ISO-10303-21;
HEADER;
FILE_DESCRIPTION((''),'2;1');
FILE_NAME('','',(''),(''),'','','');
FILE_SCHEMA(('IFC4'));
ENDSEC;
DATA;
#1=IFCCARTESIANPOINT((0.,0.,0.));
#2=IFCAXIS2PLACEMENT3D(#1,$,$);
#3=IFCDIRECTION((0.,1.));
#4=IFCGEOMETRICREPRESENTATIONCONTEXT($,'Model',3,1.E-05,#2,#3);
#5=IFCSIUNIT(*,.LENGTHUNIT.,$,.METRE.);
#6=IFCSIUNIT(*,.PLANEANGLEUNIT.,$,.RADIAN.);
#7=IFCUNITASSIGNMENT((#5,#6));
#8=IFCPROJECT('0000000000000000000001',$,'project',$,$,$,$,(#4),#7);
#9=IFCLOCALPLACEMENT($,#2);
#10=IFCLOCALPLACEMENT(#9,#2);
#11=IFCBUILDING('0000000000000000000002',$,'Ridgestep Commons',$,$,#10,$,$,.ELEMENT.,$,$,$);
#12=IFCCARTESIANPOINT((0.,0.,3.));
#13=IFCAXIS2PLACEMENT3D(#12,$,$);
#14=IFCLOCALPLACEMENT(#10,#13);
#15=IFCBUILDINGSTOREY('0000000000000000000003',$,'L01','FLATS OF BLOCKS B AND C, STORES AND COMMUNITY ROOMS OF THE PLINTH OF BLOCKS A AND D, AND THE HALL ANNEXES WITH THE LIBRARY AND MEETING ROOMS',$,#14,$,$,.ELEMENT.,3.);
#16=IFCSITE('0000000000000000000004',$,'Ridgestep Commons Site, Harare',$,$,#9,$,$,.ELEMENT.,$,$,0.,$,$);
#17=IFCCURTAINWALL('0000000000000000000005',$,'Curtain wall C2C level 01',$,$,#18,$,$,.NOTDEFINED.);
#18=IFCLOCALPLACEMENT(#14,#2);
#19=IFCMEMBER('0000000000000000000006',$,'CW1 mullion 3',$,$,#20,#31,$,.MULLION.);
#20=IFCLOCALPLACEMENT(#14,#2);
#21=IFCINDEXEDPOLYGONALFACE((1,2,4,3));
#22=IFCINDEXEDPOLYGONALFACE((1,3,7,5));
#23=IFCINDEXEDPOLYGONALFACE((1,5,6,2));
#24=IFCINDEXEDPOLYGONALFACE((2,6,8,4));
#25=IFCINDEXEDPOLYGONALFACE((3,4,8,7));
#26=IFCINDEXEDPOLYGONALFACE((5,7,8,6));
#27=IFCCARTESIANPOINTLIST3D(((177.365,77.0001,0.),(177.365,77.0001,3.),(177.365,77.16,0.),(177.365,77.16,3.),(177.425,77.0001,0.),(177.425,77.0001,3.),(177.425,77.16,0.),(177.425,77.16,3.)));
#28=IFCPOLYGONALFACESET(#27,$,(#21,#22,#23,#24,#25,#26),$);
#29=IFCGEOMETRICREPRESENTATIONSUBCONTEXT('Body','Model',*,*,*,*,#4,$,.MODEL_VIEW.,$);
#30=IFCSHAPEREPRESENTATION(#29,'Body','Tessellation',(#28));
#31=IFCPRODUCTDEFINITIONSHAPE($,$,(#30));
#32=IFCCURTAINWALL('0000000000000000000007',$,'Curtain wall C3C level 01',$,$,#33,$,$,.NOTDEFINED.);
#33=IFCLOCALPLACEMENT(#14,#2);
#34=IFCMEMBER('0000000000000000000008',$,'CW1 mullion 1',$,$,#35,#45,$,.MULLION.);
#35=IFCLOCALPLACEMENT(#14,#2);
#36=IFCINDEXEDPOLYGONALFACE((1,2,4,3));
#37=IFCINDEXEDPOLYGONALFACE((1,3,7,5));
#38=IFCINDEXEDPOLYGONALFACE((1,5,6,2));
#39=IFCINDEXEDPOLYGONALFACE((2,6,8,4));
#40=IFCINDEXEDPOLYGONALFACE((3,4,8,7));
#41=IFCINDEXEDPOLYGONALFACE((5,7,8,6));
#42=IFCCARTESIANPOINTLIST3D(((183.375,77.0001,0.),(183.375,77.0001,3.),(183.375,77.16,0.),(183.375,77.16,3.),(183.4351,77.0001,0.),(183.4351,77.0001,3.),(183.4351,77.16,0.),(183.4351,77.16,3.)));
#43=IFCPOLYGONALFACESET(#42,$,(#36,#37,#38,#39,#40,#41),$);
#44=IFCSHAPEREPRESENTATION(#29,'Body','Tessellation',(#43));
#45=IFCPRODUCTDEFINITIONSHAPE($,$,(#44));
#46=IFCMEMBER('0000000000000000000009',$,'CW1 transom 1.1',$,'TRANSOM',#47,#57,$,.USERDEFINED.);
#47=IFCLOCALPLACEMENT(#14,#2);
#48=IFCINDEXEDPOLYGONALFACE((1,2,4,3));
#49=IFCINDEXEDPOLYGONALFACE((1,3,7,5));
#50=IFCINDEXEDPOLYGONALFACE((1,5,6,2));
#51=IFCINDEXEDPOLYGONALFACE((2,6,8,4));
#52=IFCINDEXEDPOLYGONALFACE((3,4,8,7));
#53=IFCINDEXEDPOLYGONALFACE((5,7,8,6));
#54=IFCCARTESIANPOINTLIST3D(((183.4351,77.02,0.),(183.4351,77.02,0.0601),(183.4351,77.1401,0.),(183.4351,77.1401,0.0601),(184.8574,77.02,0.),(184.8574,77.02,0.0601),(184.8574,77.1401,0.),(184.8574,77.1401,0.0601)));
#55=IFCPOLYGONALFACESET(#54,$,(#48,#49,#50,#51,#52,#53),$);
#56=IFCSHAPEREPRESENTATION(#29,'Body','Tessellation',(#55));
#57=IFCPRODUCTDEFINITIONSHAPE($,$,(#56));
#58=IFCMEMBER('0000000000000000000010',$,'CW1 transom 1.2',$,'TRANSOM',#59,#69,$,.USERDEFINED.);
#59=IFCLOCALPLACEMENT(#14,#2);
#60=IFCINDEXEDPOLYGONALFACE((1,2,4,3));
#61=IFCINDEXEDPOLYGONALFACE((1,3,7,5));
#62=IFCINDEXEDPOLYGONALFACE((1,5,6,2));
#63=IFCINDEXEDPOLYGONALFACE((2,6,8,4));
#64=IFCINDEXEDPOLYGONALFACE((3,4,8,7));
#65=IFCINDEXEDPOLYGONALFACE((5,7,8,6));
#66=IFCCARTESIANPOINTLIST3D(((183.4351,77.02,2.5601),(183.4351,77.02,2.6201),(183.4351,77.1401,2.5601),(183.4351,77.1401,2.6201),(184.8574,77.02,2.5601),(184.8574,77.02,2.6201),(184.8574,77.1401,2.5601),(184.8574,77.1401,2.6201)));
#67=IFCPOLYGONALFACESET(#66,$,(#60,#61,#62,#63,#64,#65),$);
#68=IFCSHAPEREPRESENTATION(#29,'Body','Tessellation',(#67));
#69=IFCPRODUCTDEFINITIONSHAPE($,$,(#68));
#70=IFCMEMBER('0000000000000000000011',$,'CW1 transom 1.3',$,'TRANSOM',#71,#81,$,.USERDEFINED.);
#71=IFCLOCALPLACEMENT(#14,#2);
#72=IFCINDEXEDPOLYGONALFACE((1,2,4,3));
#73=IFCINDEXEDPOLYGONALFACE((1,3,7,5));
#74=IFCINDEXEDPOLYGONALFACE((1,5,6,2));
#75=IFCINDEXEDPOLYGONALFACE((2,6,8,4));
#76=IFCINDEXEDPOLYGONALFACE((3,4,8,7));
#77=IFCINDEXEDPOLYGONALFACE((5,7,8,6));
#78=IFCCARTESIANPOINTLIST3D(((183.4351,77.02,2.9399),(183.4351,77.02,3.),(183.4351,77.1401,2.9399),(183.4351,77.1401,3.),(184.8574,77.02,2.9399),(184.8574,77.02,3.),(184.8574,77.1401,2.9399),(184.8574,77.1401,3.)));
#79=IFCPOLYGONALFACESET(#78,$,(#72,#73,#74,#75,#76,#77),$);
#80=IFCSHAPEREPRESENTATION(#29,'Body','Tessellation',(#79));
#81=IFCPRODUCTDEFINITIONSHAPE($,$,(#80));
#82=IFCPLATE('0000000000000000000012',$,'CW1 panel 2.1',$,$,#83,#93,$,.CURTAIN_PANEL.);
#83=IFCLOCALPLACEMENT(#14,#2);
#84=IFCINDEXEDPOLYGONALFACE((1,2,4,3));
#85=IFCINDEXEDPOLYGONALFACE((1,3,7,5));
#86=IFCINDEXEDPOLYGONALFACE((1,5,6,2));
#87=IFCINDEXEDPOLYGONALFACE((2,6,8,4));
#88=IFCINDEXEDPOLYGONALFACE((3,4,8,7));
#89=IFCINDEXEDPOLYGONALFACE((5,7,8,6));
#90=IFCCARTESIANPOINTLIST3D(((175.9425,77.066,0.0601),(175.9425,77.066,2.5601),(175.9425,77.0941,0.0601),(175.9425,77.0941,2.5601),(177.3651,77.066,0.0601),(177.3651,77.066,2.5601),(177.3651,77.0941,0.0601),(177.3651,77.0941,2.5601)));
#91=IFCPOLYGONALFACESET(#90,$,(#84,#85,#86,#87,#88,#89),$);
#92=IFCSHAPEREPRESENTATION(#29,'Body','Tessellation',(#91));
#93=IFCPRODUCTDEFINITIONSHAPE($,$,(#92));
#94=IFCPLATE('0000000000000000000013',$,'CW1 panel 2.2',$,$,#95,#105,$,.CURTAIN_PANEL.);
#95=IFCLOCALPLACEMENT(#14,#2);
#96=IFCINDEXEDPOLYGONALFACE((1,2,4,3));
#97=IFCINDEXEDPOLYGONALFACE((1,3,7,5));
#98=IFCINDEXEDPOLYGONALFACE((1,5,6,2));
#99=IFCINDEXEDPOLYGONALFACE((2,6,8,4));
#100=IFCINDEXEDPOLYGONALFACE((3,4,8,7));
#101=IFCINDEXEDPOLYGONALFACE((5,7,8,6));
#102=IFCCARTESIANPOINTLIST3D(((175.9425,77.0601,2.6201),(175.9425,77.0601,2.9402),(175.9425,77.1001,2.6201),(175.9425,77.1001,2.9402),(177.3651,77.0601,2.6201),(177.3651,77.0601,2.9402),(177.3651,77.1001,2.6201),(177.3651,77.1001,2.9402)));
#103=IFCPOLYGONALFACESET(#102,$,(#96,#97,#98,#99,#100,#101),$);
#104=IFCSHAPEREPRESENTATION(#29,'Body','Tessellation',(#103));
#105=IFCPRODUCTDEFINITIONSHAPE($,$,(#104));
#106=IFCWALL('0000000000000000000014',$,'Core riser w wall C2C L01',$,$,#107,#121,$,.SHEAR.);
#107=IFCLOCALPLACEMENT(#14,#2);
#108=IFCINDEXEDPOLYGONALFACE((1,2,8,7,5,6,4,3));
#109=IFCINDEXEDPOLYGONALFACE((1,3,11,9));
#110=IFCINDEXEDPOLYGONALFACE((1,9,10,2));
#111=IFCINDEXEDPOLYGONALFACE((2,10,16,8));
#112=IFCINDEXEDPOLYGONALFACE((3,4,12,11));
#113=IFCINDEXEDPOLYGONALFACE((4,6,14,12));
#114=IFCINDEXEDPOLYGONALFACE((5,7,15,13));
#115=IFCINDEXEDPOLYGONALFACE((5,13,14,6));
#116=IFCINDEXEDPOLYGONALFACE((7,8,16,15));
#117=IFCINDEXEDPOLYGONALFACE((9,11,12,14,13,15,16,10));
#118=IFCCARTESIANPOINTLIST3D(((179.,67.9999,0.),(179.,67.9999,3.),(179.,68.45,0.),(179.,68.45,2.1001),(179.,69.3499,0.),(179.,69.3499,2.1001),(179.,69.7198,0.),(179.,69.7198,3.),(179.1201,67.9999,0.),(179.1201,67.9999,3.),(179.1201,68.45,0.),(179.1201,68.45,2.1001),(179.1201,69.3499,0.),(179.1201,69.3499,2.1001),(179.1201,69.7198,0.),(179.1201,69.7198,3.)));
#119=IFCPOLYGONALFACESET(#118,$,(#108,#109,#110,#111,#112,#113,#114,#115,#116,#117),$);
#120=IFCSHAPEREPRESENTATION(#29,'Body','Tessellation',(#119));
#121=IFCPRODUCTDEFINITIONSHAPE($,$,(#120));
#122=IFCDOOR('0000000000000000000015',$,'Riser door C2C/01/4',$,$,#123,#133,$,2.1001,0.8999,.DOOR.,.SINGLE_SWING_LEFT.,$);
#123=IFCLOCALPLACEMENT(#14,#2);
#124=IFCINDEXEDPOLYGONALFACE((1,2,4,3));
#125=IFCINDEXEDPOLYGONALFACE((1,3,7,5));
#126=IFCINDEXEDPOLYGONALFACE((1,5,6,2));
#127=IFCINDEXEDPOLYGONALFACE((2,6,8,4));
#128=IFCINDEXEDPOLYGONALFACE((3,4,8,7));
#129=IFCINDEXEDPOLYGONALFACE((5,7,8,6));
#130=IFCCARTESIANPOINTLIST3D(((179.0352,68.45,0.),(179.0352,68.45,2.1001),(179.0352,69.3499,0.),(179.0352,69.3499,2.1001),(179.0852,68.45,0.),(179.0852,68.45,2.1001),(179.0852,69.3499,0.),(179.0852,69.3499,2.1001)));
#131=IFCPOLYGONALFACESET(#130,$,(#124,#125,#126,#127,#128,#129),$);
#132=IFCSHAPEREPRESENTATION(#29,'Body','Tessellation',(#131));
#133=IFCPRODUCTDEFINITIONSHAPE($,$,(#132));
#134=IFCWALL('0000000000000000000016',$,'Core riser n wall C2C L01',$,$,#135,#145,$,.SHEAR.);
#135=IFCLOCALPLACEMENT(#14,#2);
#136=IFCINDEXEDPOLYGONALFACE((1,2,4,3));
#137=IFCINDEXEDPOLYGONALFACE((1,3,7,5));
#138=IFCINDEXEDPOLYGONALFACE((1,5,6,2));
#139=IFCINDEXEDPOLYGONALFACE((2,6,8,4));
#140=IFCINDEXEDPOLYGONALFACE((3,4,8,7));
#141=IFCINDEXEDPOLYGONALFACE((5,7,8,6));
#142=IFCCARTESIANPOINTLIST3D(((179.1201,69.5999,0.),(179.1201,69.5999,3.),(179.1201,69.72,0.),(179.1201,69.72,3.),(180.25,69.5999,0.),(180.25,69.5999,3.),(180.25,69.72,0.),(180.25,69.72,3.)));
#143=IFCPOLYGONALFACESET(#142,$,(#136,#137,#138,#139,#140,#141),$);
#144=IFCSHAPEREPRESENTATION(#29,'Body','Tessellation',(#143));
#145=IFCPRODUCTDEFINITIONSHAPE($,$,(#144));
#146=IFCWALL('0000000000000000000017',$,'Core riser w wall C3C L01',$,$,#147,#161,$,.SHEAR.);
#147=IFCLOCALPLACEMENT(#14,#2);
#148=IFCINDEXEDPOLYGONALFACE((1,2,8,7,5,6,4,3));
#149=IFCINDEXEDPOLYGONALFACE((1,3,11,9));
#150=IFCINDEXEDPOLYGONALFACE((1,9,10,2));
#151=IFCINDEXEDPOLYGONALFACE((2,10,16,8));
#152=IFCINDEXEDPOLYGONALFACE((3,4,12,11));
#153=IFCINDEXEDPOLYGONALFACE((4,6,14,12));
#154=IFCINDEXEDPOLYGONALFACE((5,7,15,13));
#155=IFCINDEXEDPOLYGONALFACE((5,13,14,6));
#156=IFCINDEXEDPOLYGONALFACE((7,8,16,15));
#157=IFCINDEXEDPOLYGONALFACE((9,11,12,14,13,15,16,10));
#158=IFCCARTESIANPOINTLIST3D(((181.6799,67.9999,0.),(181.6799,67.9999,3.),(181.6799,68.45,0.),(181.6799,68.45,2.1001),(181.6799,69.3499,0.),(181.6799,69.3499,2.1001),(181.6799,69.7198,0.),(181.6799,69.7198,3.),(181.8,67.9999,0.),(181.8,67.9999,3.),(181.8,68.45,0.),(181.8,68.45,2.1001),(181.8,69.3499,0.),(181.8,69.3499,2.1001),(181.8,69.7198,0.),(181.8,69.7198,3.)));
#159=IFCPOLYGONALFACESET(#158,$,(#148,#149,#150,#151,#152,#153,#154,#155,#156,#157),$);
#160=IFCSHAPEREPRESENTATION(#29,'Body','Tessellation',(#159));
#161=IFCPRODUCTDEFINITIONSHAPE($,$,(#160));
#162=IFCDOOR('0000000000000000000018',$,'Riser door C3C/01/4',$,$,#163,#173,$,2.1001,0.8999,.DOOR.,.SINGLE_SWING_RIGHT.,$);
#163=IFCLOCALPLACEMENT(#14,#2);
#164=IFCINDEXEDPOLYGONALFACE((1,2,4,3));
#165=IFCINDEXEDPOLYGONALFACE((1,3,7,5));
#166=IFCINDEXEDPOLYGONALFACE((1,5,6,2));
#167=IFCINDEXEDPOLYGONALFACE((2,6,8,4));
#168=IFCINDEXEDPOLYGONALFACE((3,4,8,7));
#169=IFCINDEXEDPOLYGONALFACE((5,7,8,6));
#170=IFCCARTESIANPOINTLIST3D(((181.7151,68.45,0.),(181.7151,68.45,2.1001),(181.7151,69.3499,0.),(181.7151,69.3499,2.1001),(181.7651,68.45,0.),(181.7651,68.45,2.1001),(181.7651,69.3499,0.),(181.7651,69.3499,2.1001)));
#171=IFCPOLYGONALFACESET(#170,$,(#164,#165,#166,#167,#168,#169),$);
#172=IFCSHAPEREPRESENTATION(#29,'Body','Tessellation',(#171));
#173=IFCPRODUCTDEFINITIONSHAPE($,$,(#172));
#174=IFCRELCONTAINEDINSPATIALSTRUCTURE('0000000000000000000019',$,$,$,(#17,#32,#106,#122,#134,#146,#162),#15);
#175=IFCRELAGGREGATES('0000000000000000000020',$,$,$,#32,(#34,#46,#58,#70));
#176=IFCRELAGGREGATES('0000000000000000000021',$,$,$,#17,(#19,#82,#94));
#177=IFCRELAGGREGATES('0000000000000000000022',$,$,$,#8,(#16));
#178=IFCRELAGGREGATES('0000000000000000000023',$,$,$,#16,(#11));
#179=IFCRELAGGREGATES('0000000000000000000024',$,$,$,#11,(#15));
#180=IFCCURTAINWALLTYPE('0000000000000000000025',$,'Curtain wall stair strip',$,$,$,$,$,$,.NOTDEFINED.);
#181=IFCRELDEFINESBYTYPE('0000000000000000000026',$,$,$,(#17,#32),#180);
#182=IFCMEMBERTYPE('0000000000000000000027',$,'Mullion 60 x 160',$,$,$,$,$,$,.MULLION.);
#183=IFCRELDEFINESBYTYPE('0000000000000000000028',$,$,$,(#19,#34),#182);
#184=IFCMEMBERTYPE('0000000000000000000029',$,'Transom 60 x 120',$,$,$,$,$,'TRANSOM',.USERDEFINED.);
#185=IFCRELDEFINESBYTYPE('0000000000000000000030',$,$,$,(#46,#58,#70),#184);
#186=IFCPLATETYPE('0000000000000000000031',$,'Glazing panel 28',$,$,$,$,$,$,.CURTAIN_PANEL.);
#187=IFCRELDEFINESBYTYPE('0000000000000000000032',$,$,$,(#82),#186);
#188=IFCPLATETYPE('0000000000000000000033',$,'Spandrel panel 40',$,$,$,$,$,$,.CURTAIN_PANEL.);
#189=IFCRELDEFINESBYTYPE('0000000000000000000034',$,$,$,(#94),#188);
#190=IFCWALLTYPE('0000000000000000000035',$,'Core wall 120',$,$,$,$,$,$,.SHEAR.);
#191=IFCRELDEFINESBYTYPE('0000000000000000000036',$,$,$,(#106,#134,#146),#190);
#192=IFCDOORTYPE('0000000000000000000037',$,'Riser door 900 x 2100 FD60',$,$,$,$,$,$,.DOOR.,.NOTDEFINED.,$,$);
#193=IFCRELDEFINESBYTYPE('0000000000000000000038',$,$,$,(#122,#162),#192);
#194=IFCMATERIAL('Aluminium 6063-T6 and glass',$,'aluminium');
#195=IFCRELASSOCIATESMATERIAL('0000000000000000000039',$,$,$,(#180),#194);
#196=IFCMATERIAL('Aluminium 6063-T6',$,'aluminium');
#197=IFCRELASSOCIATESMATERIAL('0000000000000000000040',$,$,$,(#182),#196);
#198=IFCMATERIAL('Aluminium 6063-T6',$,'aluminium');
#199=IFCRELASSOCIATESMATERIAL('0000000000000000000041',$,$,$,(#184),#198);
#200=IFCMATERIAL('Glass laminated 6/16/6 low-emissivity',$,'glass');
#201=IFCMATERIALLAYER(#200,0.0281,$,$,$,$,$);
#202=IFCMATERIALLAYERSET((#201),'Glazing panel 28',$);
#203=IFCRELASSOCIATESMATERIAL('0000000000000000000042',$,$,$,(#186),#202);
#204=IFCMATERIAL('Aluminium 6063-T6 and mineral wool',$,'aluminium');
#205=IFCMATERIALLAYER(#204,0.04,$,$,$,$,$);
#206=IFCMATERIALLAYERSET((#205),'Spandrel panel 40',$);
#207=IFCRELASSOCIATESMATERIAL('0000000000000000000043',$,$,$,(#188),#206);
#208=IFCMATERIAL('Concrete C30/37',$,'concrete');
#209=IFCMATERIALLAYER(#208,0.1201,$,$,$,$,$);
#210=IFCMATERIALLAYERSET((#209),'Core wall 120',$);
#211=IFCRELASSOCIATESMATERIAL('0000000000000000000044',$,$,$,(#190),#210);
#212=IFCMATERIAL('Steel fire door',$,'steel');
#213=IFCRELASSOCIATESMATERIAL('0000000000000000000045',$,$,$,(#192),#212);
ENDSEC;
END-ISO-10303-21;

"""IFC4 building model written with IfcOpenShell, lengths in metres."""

from ifc_helpers import new_model, si_unit, direction, frame, frame_2d, origin, origin_2d, place, context, subcontext, project, spatial, rectangle, extrude, material, layer, layer_set, material_profile, profile_set, type_object, element, fill, aggregate, save


model = new_model("IFC4")

# Units and contexts
model_context = context("Model", 3, precision=1e-05, world=origin(), true_north=direction((0.0, 1.0)))
body_context = subcontext(model_context, "Body", "Model", "MODEL_VIEW")
ifc_project = project(units=[si_unit("LENGTHUNIT", "METRE"), si_unit("PLANEANGLEUNIT", "RADIAN")], contexts=[model_context])

# Site, building, storey
site_placement = place(None, origin())
site = spatial("IfcSite", under=ifc_project, at=site_placement, Name="Ridgestep Commons Site, Harare", CompositionType="ELEMENT", RefElevation=0.0)
building_placement = place(site_placement, origin())
building = spatial("IfcBuilding", under=site, at=building_placement, Name="Ridgestep Commons", CompositionType="ELEMENT")
storey_placement = place(building_placement, frame((0.0, 0.0, 3.0)))
storey = spatial("IfcBuildingStorey", under=building, at=storey_placement, Name="L01", Description="FLATS OF BLOCKS B AND C, STORES AND COMMUNITY ROOMS OF THE PLINTH OF BLOCKS A AND D, AND THE HALL ANNEXES WITH THE LIBRARY AND MEETING ROOMS", CompositionType="ELEMENT", Elevation=3.0)

# Curtain wall, member
ifc_material_1 = material(Name="Aluminium 6063-T6 and glass", Category="aluminium")
curtain_wall_type = type_object("IfcCurtainWallType", Name="Curtain wall stair strip", PredefinedType="NOTDEFINED", material=ifc_material_1)
curtain_wall_1_placement = place(storey_placement, origin())
curtain_wall_1 = element("IfcCurtainWall", 1, at=curtain_wall_1_placement, inside=storey, type_object=curtain_wall_type, Name="Curtain wall C2C level 01", PredefinedType="NOTDEFINED")
ifc_material_2 = material(Name="Aluminium 6063-T6", Category="aluminium")
ifc_material_profile_1 = material_profile(ifc_material_2, rectangle(XDim=0.1599, YDim=0.0601, at=origin_2d()), Name="Mullion 60 x 160")
ifc_profile_set_1 = profile_set([ifc_material_profile_1], Name="Aluminium 6063-T6")
member_type_1 = type_object("IfcMemberType", Name="Mullion 60 x 160", PredefinedType="MULLION", material=ifc_profile_set_1)
member_1_placement = place(storey_placement, frame((177.395, 77.0801, 0.0), z_axis=(0.0, 0.0, 1.0), x_axis=(0.0, 1.0, 0.0)))
member_1 = element("IfcMember", 2, at=member_1_placement, type_object=member_type_1, Name="CW1 mullion 3", PredefinedType="MULLION", context=body_context, shape_type="SweptSolid", body=[
    extrude(rectangle(XDim=0.1599, YDim=0.0601, at=origin_2d()), origin(), (0.0, 0.0, 1.0), 3.0),
])

# Curtain wall, members
curtain_wall_2_placement = place(storey_placement, origin())
curtain_wall_2 = element("IfcCurtainWall", 3, at=curtain_wall_2_placement, inside=storey, type_object=curtain_wall_type, Name="Curtain wall C3C level 01", PredefinedType="NOTDEFINED")
member_2_placement = place(storey_placement, frame((183.405, 77.0801, 0.0), z_axis=(0.0, 0.0, 1.0), x_axis=(0.0, 1.0, 0.0)))
member_2 = element("IfcMember", 4, at=member_2_placement, type_object=member_type_1, Name="CW1 mullion 1", PredefinedType="MULLION", context=body_context, shape_type="SweptSolid", body=[
    extrude(rectangle(XDim=0.1599, YDim=0.0601, at=origin_2d()), origin(), (0.0, 0.0, 1.0), 3.0),
])
ifc_material_3 = material(Name="Aluminium 6063-T6", Category="aluminium")
ifc_material_profile_2 = material_profile(ifc_material_3, rectangle(XDim=0.1201, YDim=0.0601, at=origin_2d()), Name="Transom 60 x 120")
ifc_profile_set_2 = profile_set([ifc_material_profile_2], Name="Aluminium 6063-T6")
member_type_2 = type_object("IfcMemberType", Name="Transom 60 x 120", ElementType="TRANSOM", PredefinedType="USERDEFINED", material=ifc_profile_set_2)
member_3_placement = place(storey_placement, frame((183.4351, 77.0801, 0.03), z_axis=(1.0, 0.0, 0.0), x_axis=(0.0, 1.0, 0.0)))
member_3 = element("IfcMember", 5, at=member_3_placement, type_object=member_type_2, Name="CW1 transom 1.1", ObjectType="TRANSOM", PredefinedType="USERDEFINED", context=body_context, shape_type="SweptSolid", body=[
    extrude(rectangle(XDim=0.1201, YDim=0.0601, at=origin_2d()), origin(), (0.0, 0.0, 1.0), 1.4224),
])
member_4_placement = place(storey_placement, frame((183.4351, 77.0801, 2.5901), z_axis=(1.0, 0.0, 0.0), x_axis=(0.0, 1.0, 0.0)))
member_4 = element("IfcMember", 6, at=member_4_placement, type_object=member_type_2, Name="CW1 transom 1.2", ObjectType="TRANSOM", PredefinedType="USERDEFINED", context=body_context, shape_type="SweptSolid", body=[
    extrude(rectangle(XDim=0.1201, YDim=0.0601, at=origin_2d()), origin(), (0.0, 0.0, 1.0), 1.4224),
])
member_5_placement = place(storey_placement, frame((183.4351, 77.0801, 2.97), z_axis=(1.0, 0.0, 0.0), x_axis=(0.0, 1.0, 0.0)))
member_5 = element("IfcMember", 7, at=member_5_placement, type_object=member_type_2, Name="CW1 transom 1.3", ObjectType="TRANSOM", PredefinedType="USERDEFINED", context=body_context, shape_type="SweptSolid", body=[
    extrude(rectangle(XDim=0.1201, YDim=0.0601, at=origin_2d()), origin(), (0.0, 0.0, 1.0), 1.4224),
])
aggregate(curtain_wall_2, [member_2, member_3, member_4, member_5])

# Plates
ifc_material_4 = material(Name="Glass laminated 6/16/6 low-emissivity", Category="glass")
ifc_layer_1 = layer(ifc_material_4, 0.0281)
ifc_layer_set_1 = layer_set([ifc_layer_1], Name="Glazing panel 28")
plate_type_1 = type_object("IfcPlateType", Name="Glazing panel 28", PredefinedType="CURTAIN_PANEL", material=ifc_layer_set_1)
plate_1_placement = place(storey_placement, frame((176.6538, 77.0801, 0.0601), z_axis=(0.0, 0.0, 1.0), x_axis=(1.0, 0.0, 0.0)))
plate_1 = element("IfcPlate", 8, at=plate_1_placement, type_object=plate_type_1, Name="CW1 panel 2.1", PredefinedType="CURTAIN_PANEL", context=body_context, shape_type="SweptSolid", body=[
    extrude(rectangle(XDim=1.4226, YDim=0.0281, at=origin_2d()), origin(), (0.0, 0.0, 1.0), 2.5),
])
ifc_material_5 = material(Name="Aluminium 6063-T6 and mineral wool", Category="aluminium")
ifc_layer_2 = layer(ifc_material_5, 0.04)
ifc_layer_set_2 = layer_set([ifc_layer_2], Name="Spandrel panel 40")
plate_type_2 = type_object("IfcPlateType", Name="Spandrel panel 40", PredefinedType="CURTAIN_PANEL", material=ifc_layer_set_2)
plate_2_placement = place(storey_placement, frame((176.6538, 77.0801, 2.6201), z_axis=(0.0, 0.0, 1.0), x_axis=(1.0, 0.0, 0.0)))
plate_2 = element("IfcPlate", 9, at=plate_2_placement, type_object=plate_type_2, Name="CW1 panel 2.2", PredefinedType="CURTAIN_PANEL", context=body_context, shape_type="SweptSolid", body=[
    extrude(rectangle(XDim=1.4226, YDim=0.04, at=origin_2d()), origin(), (0.0, 0.0, 1.0), 0.3201),
])
aggregate(curtain_wall_1, [member_1, plate_1, plate_2])

# Wall, opening, door
ifc_material_6 = material(Name="Concrete C30/37", Category="concrete")
ifc_layer_3 = layer(ifc_material_6, 0.1201)
ifc_layer_set_3 = layer_set([ifc_layer_3], Name="Core wall 120")
wall_type_1 = type_object("IfcWallType", Name="Core wall 120", PredefinedType="SHEAR", material=ifc_layer_set_3)
wall_1_placement = place(storey_placement, frame((179.0601, 68.0, 0.0), z_axis=(0.0, 0.0, 1.0), x_axis=(0.0, 1.0, 0.0)))
wall_1 = element("IfcWall", 10, at=wall_1_placement, inside=storey, type_object=wall_type_1, Name="Core riser w wall C2C L01", PredefinedType="SHEAR", context=body_context, shape_type="SweptSolid", body=[
    extrude(rectangle(XDim=1.72, YDim=0.1201, at=frame_2d((0.8599, 0.0))), origin(), (0.0, 0.0, 1.0), 3.0),
])
opening_1_placement = place(wall_1_placement, frame((0.45, 0.0, 0.0)))
opening_1 = element("IfcOpeningElement", 11, at=opening_1_placement, cuts=wall_1, PredefinedType="OPENING", context=body_context, shape_type="SweptSolid", body=[
    extrude(rectangle(XDim=0.8999, YDim=2.1001, at=frame_2d((0.45, 1.05))), frame((0.0, 0.0701, 0.0), z_axis=(0.0, -1.0, 0.0), x_axis=(1.0, 0.0, 0.0)), (0.0, 0.0, 1.0), 0.1401),
])
ifc_material_7 = material(Name="Steel fire door", Category="steel")
door_type_1 = type_object("IfcDoorType", Name="Riser door 900 x 2100 FD60", OperationType="NOTDEFINED", PredefinedType="DOOR", material=ifc_material_7)
door_1_placement = place(opening_1_placement, origin())
door_1 = element("IfcDoor", 12, at=door_1_placement, inside=storey, type_object=door_type_1, Name="Riser door C2C/01/4", OperationType="SINGLE_SWING_LEFT", OverallHeight=2.1001, OverallWidth=0.8999, PredefinedType="DOOR", context=body_context, shape_type="SweptSolid", body=[
    extrude(rectangle(XDim=0.8999, YDim=2.1001, at=frame_2d((0.45, 1.05))), frame((0.0, 0.0249, 0.0), z_axis=(0.0, -1.0, 0.0), x_axis=(1.0, 0.0, 0.0)), (0.0, 0.0, 1.0), 0.05),
])
fill(opening_1, door_1)

# Wall
wall_2_placement = place(storey_placement, frame((179.1201, 69.6599, 0.0), z_axis=(0.0, 0.0, 1.0), x_axis=(1.0, 0.0, 0.0)))
element("IfcWall", 13, at=wall_2_placement, inside=storey, type_object=wall_type_1, Name="Core riser n wall C2C L01", PredefinedType="SHEAR", context=body_context, shape_type="SweptSolid", body=[
    extrude(rectangle(XDim=1.1299, YDim=0.1201, at=frame_2d((0.5649, 0.0))), origin(), (0.0, 0.0, 1.0), 3.0),
])

# Wall, opening, door
wall_3_placement = place(storey_placement, frame((181.74, 68.0, 0.0), z_axis=(0.0, 0.0, 1.0), x_axis=(0.0, 1.0, 0.0)))
wall_3 = element("IfcWall", 14, at=wall_3_placement, inside=storey, type_object=wall_type_1, Name="Core riser w wall C3C L01", PredefinedType="SHEAR", context=body_context, shape_type="SweptSolid", body=[
    extrude(rectangle(XDim=1.72, YDim=0.1201, at=frame_2d((0.8599, 0.0))), origin(), (0.0, 0.0, 1.0), 3.0),
])
opening_2_placement = place(wall_3_placement, frame((0.45, 0.0, 0.0)))
opening_2 = element("IfcOpeningElement", 15, at=opening_2_placement, cuts=wall_3, PredefinedType="OPENING", context=body_context, shape_type="SweptSolid", body=[
    extrude(rectangle(XDim=0.8999, YDim=2.1001, at=frame_2d((0.45, 1.05))), frame((0.0, 0.0701, 0.0), z_axis=(0.0, -1.0, 0.0), x_axis=(1.0, 0.0, 0.0)), (0.0, 0.0, 1.0), 0.1401),
])
door_2_placement = place(opening_2_placement, origin())
door_2 = element("IfcDoor", 16, at=door_2_placement, inside=storey, type_object=door_type_1, Name="Riser door C3C/01/4", OperationType="SINGLE_SWING_RIGHT", OverallHeight=2.1001, OverallWidth=0.8999, PredefinedType="DOOR", context=body_context, shape_type="SweptSolid", body=[
    extrude(rectangle(XDim=0.8999, YDim=2.1001, at=frame_2d((0.45, 1.05))), frame((0.0, 0.0249, 0.0), z_axis=(0.0, -1.0, 0.0), x_axis=(1.0, 0.0, 0.0)), (0.0, 0.0, 1.0), 0.05),
])
fill(opening_2, door_2)

save(model, "model.ifc")
